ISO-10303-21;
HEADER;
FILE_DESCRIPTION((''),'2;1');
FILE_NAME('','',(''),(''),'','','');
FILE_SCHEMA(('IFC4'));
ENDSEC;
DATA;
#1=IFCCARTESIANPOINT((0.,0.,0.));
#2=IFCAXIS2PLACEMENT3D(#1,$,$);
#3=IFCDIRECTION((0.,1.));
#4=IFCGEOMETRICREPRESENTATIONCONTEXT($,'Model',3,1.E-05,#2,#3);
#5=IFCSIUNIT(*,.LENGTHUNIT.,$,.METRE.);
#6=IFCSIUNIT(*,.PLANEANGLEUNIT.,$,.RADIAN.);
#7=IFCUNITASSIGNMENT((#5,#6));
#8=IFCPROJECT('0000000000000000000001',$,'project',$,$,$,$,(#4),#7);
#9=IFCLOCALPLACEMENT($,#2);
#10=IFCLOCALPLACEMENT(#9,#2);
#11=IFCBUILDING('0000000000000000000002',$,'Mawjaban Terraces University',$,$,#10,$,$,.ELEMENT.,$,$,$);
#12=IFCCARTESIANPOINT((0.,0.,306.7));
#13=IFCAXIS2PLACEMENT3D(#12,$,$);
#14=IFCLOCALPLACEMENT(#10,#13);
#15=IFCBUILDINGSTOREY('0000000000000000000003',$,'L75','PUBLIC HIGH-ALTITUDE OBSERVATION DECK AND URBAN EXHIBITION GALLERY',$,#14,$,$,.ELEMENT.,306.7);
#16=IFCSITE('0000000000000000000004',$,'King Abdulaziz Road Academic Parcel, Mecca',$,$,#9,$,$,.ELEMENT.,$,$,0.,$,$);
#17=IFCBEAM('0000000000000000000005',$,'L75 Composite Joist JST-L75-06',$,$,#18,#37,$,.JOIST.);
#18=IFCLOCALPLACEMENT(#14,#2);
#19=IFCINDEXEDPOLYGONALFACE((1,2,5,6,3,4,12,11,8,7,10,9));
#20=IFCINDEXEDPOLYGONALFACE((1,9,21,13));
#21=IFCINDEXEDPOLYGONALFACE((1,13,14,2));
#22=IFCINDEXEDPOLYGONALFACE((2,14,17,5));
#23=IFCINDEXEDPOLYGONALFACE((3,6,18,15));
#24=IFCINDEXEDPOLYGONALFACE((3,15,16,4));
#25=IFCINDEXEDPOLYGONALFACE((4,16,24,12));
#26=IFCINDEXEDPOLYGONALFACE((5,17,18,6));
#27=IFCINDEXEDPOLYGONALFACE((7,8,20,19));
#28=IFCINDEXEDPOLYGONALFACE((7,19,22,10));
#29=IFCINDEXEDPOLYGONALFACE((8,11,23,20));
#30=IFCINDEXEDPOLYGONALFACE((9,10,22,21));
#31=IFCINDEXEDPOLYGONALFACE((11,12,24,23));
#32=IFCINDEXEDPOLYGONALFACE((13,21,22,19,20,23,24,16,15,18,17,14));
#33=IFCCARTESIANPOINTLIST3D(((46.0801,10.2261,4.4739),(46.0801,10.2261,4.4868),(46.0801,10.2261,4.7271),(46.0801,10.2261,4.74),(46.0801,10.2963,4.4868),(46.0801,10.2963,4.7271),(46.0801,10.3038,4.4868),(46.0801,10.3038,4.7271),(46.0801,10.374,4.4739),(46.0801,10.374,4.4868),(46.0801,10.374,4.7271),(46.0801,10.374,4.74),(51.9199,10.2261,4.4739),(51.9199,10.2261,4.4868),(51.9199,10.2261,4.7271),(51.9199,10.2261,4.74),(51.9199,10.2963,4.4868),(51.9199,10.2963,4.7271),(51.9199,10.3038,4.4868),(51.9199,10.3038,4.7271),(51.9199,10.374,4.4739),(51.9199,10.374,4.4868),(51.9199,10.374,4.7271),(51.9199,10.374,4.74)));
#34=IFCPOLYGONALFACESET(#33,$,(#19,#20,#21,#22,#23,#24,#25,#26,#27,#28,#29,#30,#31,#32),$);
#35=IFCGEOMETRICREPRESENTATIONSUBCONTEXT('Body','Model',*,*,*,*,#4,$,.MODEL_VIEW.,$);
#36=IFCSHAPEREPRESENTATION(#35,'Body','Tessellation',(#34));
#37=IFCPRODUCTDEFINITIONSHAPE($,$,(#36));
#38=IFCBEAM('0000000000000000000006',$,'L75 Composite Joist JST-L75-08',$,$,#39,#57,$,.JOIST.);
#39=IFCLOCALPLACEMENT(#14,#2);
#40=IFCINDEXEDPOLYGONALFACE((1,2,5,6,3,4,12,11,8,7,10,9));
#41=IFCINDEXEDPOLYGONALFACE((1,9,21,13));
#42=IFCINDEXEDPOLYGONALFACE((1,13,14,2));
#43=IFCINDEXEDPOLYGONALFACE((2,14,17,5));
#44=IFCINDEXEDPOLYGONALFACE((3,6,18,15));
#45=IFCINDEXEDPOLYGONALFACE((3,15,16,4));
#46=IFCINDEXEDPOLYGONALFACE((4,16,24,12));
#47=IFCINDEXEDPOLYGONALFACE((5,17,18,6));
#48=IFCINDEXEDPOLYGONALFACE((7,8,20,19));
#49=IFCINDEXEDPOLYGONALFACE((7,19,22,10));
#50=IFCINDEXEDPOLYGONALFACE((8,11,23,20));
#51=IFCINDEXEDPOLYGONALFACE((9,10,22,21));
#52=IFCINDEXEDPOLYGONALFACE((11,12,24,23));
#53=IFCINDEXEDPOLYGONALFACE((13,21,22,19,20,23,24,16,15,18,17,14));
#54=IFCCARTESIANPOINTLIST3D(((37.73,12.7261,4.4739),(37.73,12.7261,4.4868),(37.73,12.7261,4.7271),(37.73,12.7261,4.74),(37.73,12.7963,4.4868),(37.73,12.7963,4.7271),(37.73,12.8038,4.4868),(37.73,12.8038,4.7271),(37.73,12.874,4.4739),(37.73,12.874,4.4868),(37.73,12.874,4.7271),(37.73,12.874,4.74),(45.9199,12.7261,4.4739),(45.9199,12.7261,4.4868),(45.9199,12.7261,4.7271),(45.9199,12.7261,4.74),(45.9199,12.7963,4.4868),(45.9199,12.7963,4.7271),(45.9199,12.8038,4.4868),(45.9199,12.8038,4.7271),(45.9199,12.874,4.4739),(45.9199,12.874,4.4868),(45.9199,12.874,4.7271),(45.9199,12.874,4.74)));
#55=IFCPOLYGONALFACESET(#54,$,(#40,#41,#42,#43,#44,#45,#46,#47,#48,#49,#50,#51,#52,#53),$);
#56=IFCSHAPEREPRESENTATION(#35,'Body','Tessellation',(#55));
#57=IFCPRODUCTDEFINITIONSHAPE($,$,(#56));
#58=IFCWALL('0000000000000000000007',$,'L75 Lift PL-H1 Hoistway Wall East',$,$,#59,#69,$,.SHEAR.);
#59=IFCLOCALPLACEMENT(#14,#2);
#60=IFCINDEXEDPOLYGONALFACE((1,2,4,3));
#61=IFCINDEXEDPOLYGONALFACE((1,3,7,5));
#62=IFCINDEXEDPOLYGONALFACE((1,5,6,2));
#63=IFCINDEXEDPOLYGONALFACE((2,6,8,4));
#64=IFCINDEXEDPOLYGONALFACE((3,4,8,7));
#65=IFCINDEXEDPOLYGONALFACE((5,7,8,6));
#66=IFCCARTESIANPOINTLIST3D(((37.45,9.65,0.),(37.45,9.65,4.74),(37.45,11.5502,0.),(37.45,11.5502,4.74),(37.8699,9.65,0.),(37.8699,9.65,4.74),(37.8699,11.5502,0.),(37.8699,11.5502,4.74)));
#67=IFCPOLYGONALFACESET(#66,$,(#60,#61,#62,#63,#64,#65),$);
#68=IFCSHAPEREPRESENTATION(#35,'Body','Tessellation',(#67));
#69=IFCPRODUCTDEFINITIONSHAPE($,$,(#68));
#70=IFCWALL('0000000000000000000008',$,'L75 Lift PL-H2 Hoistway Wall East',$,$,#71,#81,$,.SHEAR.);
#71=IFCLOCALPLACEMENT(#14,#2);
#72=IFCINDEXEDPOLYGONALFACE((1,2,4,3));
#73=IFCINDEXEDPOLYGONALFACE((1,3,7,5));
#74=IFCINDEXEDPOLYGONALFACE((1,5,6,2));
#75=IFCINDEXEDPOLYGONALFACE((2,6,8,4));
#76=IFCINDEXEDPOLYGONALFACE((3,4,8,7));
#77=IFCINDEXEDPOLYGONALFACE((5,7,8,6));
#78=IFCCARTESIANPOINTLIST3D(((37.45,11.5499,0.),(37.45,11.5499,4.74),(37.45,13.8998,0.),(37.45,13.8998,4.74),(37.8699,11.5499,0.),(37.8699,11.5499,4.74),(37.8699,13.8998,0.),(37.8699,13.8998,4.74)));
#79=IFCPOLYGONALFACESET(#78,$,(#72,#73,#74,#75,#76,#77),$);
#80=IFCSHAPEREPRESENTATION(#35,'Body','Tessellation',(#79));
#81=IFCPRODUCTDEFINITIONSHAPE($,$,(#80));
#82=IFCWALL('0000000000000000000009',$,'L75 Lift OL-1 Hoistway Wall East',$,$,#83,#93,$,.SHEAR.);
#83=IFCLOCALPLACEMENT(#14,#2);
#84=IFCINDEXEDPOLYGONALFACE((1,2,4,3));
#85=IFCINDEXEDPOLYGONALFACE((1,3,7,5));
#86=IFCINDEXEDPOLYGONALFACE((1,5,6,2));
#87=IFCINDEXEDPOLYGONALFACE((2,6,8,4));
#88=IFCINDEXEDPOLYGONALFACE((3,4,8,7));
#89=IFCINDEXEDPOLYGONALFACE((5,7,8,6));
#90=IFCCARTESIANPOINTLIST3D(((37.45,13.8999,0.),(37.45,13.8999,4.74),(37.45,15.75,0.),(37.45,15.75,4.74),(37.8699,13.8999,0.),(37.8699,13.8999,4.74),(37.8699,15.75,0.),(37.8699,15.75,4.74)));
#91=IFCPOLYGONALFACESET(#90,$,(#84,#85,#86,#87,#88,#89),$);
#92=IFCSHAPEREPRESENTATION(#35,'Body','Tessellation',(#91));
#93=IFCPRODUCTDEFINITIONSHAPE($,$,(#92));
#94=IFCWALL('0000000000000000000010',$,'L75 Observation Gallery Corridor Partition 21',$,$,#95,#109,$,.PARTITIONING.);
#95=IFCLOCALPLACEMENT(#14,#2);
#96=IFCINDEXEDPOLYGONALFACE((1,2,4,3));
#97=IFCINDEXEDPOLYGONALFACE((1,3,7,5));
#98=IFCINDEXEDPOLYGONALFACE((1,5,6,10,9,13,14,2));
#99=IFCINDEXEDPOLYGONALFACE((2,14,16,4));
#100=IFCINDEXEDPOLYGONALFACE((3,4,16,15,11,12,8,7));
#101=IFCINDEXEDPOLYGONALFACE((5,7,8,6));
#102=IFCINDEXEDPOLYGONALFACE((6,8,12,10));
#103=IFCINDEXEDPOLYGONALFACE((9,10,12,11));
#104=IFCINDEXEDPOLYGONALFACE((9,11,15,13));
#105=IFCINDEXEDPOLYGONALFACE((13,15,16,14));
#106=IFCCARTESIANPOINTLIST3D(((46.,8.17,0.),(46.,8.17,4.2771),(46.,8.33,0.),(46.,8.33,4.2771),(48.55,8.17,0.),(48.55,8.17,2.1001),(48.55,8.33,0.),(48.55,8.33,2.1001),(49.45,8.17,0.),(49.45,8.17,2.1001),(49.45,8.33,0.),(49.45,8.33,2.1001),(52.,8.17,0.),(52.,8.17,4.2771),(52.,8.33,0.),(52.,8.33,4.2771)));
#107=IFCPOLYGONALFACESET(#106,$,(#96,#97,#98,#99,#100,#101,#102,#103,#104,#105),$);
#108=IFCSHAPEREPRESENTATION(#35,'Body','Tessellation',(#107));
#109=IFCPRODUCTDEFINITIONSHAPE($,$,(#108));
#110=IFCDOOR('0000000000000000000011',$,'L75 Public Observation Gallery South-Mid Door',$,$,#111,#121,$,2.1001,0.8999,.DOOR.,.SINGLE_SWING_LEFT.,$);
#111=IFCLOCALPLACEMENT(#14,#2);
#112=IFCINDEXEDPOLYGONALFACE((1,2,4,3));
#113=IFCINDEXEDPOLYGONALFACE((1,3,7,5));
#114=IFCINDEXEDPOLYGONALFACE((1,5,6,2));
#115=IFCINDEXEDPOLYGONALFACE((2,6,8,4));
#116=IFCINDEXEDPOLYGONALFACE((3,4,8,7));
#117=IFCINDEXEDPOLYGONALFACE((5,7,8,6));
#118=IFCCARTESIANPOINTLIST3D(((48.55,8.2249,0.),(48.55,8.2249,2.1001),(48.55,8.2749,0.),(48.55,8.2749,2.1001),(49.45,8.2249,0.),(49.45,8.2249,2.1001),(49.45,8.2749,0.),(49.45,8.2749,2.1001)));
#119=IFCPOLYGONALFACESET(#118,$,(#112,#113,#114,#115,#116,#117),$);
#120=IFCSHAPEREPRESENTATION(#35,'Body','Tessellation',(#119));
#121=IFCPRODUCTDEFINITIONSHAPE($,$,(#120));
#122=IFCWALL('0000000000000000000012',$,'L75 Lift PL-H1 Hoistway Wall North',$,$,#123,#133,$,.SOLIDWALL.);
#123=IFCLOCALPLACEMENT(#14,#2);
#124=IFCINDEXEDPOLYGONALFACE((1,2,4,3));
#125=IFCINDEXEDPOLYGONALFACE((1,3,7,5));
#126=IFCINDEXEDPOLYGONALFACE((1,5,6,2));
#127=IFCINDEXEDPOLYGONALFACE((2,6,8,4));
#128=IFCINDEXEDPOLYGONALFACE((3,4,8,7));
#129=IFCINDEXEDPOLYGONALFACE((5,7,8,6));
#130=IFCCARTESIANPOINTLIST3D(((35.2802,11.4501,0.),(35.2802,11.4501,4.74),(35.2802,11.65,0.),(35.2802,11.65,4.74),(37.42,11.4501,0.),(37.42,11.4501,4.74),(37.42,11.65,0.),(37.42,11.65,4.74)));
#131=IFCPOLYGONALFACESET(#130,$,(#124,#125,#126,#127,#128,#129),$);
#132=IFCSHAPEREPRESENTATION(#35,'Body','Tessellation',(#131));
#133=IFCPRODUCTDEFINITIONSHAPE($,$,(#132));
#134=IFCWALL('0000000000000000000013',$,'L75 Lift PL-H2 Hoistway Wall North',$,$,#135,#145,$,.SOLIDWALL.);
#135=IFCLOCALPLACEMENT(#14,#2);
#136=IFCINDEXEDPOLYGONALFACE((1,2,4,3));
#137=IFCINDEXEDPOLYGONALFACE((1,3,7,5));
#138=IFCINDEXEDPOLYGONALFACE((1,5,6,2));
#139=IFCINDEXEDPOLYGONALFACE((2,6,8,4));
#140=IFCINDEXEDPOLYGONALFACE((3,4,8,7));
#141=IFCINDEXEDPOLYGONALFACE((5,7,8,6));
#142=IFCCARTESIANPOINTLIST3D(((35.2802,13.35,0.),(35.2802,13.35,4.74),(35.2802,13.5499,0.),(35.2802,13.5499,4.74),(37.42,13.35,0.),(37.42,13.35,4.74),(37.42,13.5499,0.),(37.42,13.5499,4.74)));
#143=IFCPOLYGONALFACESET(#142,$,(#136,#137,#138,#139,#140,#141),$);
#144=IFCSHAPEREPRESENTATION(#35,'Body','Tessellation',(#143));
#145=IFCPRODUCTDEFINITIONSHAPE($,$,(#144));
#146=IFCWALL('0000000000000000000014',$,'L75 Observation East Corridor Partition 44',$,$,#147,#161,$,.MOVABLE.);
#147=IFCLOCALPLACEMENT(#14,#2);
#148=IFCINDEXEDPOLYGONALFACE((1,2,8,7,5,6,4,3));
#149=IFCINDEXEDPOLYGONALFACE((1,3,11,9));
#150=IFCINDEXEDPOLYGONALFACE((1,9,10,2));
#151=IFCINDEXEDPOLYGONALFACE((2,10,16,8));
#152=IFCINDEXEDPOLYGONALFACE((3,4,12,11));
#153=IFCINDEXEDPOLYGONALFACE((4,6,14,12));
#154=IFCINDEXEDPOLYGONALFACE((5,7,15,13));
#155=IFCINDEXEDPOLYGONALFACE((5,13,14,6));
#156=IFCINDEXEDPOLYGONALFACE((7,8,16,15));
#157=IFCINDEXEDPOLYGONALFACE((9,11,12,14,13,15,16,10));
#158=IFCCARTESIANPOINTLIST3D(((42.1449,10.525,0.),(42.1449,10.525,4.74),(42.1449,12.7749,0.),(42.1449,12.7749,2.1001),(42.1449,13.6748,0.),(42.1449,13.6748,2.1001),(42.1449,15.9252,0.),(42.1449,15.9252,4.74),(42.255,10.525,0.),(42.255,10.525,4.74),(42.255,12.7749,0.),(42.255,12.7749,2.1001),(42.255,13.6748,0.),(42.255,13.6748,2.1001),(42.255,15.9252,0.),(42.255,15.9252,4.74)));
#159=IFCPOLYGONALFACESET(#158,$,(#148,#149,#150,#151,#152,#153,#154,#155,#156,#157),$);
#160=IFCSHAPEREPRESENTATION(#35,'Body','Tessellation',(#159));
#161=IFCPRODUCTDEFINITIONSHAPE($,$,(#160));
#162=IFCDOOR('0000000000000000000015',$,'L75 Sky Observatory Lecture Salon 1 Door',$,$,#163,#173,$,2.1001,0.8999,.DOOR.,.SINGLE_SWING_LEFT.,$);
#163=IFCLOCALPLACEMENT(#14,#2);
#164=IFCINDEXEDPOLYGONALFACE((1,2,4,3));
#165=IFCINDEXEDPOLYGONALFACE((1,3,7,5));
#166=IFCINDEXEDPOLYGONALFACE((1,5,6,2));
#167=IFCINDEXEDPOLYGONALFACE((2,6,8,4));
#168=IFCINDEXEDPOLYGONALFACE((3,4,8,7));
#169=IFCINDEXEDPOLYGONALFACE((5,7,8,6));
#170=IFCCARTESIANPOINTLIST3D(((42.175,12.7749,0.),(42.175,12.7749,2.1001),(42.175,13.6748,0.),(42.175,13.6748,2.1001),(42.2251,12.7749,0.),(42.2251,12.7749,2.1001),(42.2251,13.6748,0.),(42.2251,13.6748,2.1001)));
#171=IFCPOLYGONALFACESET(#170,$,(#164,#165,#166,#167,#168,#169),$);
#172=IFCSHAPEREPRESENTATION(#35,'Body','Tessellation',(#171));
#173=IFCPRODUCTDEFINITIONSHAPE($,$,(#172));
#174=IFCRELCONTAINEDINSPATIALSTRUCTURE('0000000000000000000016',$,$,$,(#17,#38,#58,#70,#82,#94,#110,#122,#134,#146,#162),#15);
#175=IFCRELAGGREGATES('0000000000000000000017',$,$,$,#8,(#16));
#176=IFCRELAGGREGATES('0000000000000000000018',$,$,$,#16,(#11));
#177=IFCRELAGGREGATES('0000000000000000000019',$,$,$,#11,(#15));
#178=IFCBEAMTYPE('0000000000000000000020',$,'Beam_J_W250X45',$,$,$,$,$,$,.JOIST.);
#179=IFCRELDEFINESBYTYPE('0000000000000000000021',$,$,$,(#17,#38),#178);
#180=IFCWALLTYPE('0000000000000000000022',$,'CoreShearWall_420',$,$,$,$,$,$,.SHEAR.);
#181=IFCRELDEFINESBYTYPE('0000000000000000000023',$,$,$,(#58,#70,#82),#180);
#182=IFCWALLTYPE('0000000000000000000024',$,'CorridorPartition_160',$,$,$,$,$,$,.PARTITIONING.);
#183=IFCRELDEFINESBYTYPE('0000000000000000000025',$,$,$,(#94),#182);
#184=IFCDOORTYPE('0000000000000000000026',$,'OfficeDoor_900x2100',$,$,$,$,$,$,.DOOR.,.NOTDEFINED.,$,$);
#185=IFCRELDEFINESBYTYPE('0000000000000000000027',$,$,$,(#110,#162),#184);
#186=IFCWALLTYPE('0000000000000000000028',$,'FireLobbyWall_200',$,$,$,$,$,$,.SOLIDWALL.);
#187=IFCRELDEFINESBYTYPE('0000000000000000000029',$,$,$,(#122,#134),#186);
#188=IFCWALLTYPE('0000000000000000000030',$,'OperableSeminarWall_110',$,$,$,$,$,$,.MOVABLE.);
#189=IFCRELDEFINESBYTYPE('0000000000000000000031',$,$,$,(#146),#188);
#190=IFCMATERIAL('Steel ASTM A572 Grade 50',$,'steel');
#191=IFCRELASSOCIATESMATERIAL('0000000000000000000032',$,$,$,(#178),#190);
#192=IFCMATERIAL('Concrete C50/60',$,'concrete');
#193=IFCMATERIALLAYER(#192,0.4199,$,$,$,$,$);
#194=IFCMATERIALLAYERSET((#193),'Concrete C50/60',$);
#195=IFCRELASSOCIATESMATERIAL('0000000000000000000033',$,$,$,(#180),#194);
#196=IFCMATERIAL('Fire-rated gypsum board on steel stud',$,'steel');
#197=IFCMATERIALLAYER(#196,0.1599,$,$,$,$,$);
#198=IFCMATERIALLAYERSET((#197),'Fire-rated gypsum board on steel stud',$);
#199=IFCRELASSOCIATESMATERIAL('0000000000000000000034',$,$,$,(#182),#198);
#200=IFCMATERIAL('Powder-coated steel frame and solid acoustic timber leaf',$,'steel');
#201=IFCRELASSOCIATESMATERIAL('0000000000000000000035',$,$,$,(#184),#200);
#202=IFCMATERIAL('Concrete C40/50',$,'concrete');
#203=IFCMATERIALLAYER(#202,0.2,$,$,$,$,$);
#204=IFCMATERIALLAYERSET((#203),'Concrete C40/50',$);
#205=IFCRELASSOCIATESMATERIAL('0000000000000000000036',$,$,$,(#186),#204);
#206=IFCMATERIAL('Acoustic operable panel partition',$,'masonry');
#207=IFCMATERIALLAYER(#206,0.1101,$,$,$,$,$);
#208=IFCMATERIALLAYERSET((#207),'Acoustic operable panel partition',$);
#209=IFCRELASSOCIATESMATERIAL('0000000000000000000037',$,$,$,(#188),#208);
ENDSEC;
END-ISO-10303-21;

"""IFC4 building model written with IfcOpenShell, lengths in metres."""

from ifc_helpers import new_model, si_unit, direction, frame, frame_2d, origin, origin_2d, place, context, subcontext, project, spatial, rectangle, i_section, extrude, material, layer, layer_set, material_profile, profile_set, type_object, element, fill, save


model = new_model("IFC4")

# Units and contexts
model_context = context("Model", 3, precision=1e-05, world=origin(), true_north=direction((0.0, 1.0)))
body_context = subcontext(model_context, "Body", "Model", "MODEL_VIEW")
ifc_project = project(units=[si_unit("LENGTHUNIT", "METRE"), si_unit("PLANEANGLEUNIT", "RADIAN")], contexts=[model_context])

# Site, building, storey
site_placement = place(None, origin())
site = spatial("IfcSite", under=ifc_project, at=site_placement, Name="King Abdulaziz Road Academic Parcel, Mecca", CompositionType="ELEMENT", RefElevation=0.0)
building_placement = place(site_placement, origin())
building = spatial("IfcBuilding", under=site, at=building_placement, Name="Mawjaban Terraces University", CompositionType="ELEMENT")
storey_placement = place(building_placement, frame((0.0, 0.0, 306.7)))
storey = spatial("IfcBuildingStorey", under=building, at=storey_placement, Name="L75", Description="PUBLIC HIGH-ALTITUDE OBSERVATION DECK AND URBAN EXHIBITION GALLERY", CompositionType="ELEMENT", Elevation=306.7)

# Shared definitions
ifc_material_1 = material(Name="Concrete C50/60", Category="concrete")

# Beams
ifc_material_2 = material(Name="Steel ASTM A572 Grade 50", Category="steel")
ifc_material_profile_1 = material_profile(ifc_material_2, i_section(OverallWidth=0.1479, OverallDepth=0.2661, WebThickness=0.0076, FlangeThickness=0.0129, at=origin_2d()), Name="W250X45")
ifc_profile_set_1 = profile_set([ifc_material_profile_1], Name="Steel ASTM A572 Grade 50")
beam_type_1 = type_object("IfcBeamType", Name="Beam_J_W250X45", PredefinedType="JOIST", material=ifc_profile_set_1)
beam_1_placement = place(storey_placement, frame((46.0801, 10.3, 4.6069), z_axis=(1.0, 0.0, 0.0), x_axis=(0.0, 1.0, 0.0)))
element("IfcBeam", 1, at=beam_1_placement, inside=storey, type_object=beam_type_1, Name="L75 Composite Joist JST-L75-06", PredefinedType="JOIST", context=body_context, shape_type="SweptSolid", body=[
    extrude(i_section(OverallWidth=0.1479, OverallDepth=0.2661, WebThickness=0.0076, FlangeThickness=0.0129, at=origin_2d()), origin(), (0.0, 0.0, 1.0), 5.8398),
])
beam_2_placement = place(storey_placement, frame((37.73, 12.8, 4.6069), z_axis=(1.0, 0.0, 0.0), x_axis=(0.0, 1.0, 0.0)))
element("IfcBeam", 2, at=beam_2_placement, inside=storey, type_object=beam_type_1, Name="L75 Composite Joist JST-L75-08", PredefinedType="JOIST", context=body_context, shape_type="SweptSolid", body=[
    extrude(i_section(OverallWidth=0.1479, OverallDepth=0.2661, WebThickness=0.0076, FlangeThickness=0.0129, at=origin_2d()), origin(), (0.0, 0.0, 1.0), 8.1899),
])

# Walls
ifc_layer_1 = layer(ifc_material_1, 0.4199)
ifc_layer_set_1 = layer_set([ifc_layer_1], Name="Concrete C50/60")
wall_type_1 = type_object("IfcWallType", Name="CoreShearWall_420", PredefinedType="SHEAR", material=ifc_layer_set_1)
wall_1_placement = place(storey_placement, frame((37.6599, 9.6499, 0.0), z_axis=(0.0, 0.0, 1.0), x_axis=(0.0, 1.0, 0.0)))
element("IfcWall", 3, at=wall_1_placement, inside=storey, type_object=wall_type_1, Name="L75 Lift PL-H1 Hoistway Wall East", PredefinedType="SHEAR", context=body_context, shape_type="SweptSolid", body=[
    extrude(rectangle(XDim=1.9001, YDim=0.4199, at=frame_2d((0.9502, 0.0))), origin(), (0.0, 0.0, 1.0), 4.74),
])
wall_2_placement = place(storey_placement, frame((37.6599, 11.55, 0.0), z_axis=(0.0, 0.0, 1.0), x_axis=(0.0, 1.0, 0.0)))
element("IfcWall", 4, at=wall_2_placement, inside=storey, type_object=wall_type_1, Name="L75 Lift PL-H2 Hoistway Wall East", PredefinedType="SHEAR", context=body_context, shape_type="SweptSolid", body=[
    extrude(rectangle(XDim=2.3499, YDim=0.4199, at=frame_2d((1.1748, 0.0))), origin(), (0.0, 0.0, 1.0), 4.74),
])
wall_3_placement = place(storey_placement, frame((37.6599, 13.8999, 0.0), z_axis=(0.0, 0.0, 1.0), x_axis=(0.0, 1.0, 0.0)))
element("IfcWall", 5, at=wall_3_placement, inside=storey, type_object=wall_type_1, Name="L75 Lift OL-1 Hoistway Wall East", PredefinedType="SHEAR", context=body_context, shape_type="SweptSolid", body=[
    extrude(rectangle(XDim=1.8501, YDim=0.4199, at=frame_2d((0.925, 0.0))), origin(), (0.0, 0.0, 1.0), 4.74),
])

# Wall, opening, door
ifc_material_3 = material(Name="Fire-rated gypsum board on steel stud", Category="steel")
ifc_layer_2 = layer(ifc_material_3, 0.1599)
ifc_layer_set_2 = layer_set([ifc_layer_2], Name="Fire-rated gypsum board on steel stud")
wall_type_2 = type_object("IfcWallType", Name="CorridorPartition_160", PredefinedType="PARTITIONING", material=ifc_layer_set_2)
wall_4_placement = place(storey_placement, frame((46.0, 8.25, 0.0), z_axis=(0.0, 0.0, 1.0), x_axis=(1.0, 0.0, 0.0)))
wall_4 = element("IfcWall", 6, at=wall_4_placement, inside=storey, type_object=wall_type_2, Name="L75 Observation Gallery Corridor Partition 21", PredefinedType="PARTITIONING", context=body_context, shape_type="SweptSolid", body=[
    extrude(rectangle(XDim=6.0, YDim=0.1599, at=frame_2d((3.0, 0.0))), origin(), (0.0, 0.0, 1.0), 4.2771),
])
opening_1_placement = place(wall_4_placement, frame((2.55, 0.0, 0.0)))
opening_1 = element("IfcOpeningElement", 7, at=opening_1_placement, cuts=wall_4, PredefinedType="OPENING", context=body_context, shape_type="SweptSolid", body=[
    extrude(rectangle(XDim=0.8999, YDim=2.1001, at=frame_2d((0.45, 1.05))), frame((0.0, 0.0898, 0.0), z_axis=(0.0, -1.0, 0.0), x_axis=(1.0, 0.0, 0.0)), (0.0, 0.0, 1.0), 0.1799),
])
ifc_material_4 = material(Name="Powder-coated steel frame and solid acoustic timber leaf", Category="steel")
door_type = type_object("IfcDoorType", Name="OfficeDoor_900x2100", OperationType="NOTDEFINED", PredefinedType="DOOR", material=ifc_material_4)
door_1_placement = place(opening_1_placement, origin())
door_1 = element("IfcDoor", 8, at=door_1_placement, inside=storey, type_object=door_type, Name="L75 Public Observation Gallery South-Mid Door", OperationType="SINGLE_SWING_LEFT", OverallHeight=2.1001, OverallWidth=0.8999, PredefinedType="DOOR", context=body_context, shape_type="SweptSolid", body=[
    extrude(rectangle(XDim=0.8999, YDim=2.1001, at=frame_2d((0.45, 1.05))), frame((0.0, 0.0249, 0.0), z_axis=(0.0, -1.0, 0.0), x_axis=(1.0, 0.0, 0.0)), (0.0, 0.0, 1.0), 0.05),
])
fill(opening_1, door_1)

# Walls
ifc_material_5 = material(Name="Concrete C40/50", Category="concrete")
ifc_layer_3 = layer(ifc_material_5, 0.2)
ifc_layer_set_3 = layer_set([ifc_layer_3], Name="Concrete C40/50")
wall_type_3 = type_object("IfcWallType", Name="FireLobbyWall_200", PredefinedType="SOLIDWALL", material=ifc_layer_set_3)
for number, where, z_axis, x_axis, name in (
    (9, (37.4199, 11.55, 0.0), (0.0, 0.0, 1.0), (-1.0, 0.0, 0.0), "L75 Lift PL-H1 Hoistway Wall North"),
    (10, (37.4199, 13.45, 0.0), (0.0, 0.0, 1.0), (-1.0, 0.0, 0.0), "L75 Lift PL-H2 Hoistway Wall North"),
):
    element("IfcWall", number, at=place(storey_placement, frame(where, z_axis=z_axis, x_axis=x_axis)), inside=storey, type_object=wall_type_3, Name=name, PredefinedType="SOLIDWALL", context=body_context, shape_type="SweptSolid", body=[
        extrude(rectangle(XDim=2.1399, YDim=0.2, at=frame_2d((1.0698, 0.0))), origin(), (0.0, 0.0, 1.0), 4.74),
    ])

# Wall, opening, door
ifc_material_6 = material(Name="Acoustic operable panel partition", Category="masonry")
ifc_layer_4 = layer(ifc_material_6, 0.1101)
ifc_layer_set_4 = layer_set([ifc_layer_4], Name="Acoustic operable panel partition")
wall_type_4 = type_object("IfcWallType", Name="OperableSeminarWall_110", PredefinedType="MOVABLE", material=ifc_layer_set_4)
wall_5_placement = place(storey_placement, frame((42.2, 10.5249, 0.0), z_axis=(0.0, 0.0, 1.0), x_axis=(0.0, 1.0, 0.0)))
wall_5 = element("IfcWall", 11, at=wall_5_placement, inside=storey, type_object=wall_type_4, Name="L75 Observation East Corridor Partition 44", PredefinedType="MOVABLE", context=body_context, shape_type="SweptSolid", body=[
    extrude(rectangle(XDim=5.4001, YDim=0.1101, at=frame_2d((2.7002, 0.0))), origin(), (0.0, 0.0, 1.0), 4.74),
])
opening_2_placement = place(wall_5_placement, frame((2.25, 0.0, 0.0)))
opening_2 = element("IfcOpeningElement", 12, at=opening_2_placement, cuts=wall_5, PredefinedType="OPENING", context=body_context, shape_type="SweptSolid", body=[
    extrude(rectangle(XDim=0.8999, YDim=2.1001, at=frame_2d((0.45, 1.05))), frame((0.0, 0.0649, 0.0), z_axis=(0.0, -1.0, 0.0), x_axis=(1.0, 0.0, 0.0)), (0.0, 0.0, 1.0), 0.1301),
])
door_2_placement = place(opening_2_placement, origin())
door_2 = element("IfcDoor", 13, at=door_2_placement, inside=storey, type_object=door_type, Name="L75 Sky Observatory Lecture Salon 1 Door", OperationType="SINGLE_SWING_LEFT", OverallHeight=2.1001, OverallWidth=0.8999, PredefinedType="DOOR", context=body_context, shape_type="SweptSolid", body=[
    extrude(rectangle(XDim=0.8999, YDim=2.1001, at=frame_2d((0.45, 1.05))), frame((0.0, 0.0249, 0.0), z_axis=(0.0, -1.0, 0.0), x_axis=(1.0, 0.0, 0.0)), (0.0, 0.0, 1.0), 0.05),
])
fill(opening_2, door_2)

save(model, "model.ifc")
